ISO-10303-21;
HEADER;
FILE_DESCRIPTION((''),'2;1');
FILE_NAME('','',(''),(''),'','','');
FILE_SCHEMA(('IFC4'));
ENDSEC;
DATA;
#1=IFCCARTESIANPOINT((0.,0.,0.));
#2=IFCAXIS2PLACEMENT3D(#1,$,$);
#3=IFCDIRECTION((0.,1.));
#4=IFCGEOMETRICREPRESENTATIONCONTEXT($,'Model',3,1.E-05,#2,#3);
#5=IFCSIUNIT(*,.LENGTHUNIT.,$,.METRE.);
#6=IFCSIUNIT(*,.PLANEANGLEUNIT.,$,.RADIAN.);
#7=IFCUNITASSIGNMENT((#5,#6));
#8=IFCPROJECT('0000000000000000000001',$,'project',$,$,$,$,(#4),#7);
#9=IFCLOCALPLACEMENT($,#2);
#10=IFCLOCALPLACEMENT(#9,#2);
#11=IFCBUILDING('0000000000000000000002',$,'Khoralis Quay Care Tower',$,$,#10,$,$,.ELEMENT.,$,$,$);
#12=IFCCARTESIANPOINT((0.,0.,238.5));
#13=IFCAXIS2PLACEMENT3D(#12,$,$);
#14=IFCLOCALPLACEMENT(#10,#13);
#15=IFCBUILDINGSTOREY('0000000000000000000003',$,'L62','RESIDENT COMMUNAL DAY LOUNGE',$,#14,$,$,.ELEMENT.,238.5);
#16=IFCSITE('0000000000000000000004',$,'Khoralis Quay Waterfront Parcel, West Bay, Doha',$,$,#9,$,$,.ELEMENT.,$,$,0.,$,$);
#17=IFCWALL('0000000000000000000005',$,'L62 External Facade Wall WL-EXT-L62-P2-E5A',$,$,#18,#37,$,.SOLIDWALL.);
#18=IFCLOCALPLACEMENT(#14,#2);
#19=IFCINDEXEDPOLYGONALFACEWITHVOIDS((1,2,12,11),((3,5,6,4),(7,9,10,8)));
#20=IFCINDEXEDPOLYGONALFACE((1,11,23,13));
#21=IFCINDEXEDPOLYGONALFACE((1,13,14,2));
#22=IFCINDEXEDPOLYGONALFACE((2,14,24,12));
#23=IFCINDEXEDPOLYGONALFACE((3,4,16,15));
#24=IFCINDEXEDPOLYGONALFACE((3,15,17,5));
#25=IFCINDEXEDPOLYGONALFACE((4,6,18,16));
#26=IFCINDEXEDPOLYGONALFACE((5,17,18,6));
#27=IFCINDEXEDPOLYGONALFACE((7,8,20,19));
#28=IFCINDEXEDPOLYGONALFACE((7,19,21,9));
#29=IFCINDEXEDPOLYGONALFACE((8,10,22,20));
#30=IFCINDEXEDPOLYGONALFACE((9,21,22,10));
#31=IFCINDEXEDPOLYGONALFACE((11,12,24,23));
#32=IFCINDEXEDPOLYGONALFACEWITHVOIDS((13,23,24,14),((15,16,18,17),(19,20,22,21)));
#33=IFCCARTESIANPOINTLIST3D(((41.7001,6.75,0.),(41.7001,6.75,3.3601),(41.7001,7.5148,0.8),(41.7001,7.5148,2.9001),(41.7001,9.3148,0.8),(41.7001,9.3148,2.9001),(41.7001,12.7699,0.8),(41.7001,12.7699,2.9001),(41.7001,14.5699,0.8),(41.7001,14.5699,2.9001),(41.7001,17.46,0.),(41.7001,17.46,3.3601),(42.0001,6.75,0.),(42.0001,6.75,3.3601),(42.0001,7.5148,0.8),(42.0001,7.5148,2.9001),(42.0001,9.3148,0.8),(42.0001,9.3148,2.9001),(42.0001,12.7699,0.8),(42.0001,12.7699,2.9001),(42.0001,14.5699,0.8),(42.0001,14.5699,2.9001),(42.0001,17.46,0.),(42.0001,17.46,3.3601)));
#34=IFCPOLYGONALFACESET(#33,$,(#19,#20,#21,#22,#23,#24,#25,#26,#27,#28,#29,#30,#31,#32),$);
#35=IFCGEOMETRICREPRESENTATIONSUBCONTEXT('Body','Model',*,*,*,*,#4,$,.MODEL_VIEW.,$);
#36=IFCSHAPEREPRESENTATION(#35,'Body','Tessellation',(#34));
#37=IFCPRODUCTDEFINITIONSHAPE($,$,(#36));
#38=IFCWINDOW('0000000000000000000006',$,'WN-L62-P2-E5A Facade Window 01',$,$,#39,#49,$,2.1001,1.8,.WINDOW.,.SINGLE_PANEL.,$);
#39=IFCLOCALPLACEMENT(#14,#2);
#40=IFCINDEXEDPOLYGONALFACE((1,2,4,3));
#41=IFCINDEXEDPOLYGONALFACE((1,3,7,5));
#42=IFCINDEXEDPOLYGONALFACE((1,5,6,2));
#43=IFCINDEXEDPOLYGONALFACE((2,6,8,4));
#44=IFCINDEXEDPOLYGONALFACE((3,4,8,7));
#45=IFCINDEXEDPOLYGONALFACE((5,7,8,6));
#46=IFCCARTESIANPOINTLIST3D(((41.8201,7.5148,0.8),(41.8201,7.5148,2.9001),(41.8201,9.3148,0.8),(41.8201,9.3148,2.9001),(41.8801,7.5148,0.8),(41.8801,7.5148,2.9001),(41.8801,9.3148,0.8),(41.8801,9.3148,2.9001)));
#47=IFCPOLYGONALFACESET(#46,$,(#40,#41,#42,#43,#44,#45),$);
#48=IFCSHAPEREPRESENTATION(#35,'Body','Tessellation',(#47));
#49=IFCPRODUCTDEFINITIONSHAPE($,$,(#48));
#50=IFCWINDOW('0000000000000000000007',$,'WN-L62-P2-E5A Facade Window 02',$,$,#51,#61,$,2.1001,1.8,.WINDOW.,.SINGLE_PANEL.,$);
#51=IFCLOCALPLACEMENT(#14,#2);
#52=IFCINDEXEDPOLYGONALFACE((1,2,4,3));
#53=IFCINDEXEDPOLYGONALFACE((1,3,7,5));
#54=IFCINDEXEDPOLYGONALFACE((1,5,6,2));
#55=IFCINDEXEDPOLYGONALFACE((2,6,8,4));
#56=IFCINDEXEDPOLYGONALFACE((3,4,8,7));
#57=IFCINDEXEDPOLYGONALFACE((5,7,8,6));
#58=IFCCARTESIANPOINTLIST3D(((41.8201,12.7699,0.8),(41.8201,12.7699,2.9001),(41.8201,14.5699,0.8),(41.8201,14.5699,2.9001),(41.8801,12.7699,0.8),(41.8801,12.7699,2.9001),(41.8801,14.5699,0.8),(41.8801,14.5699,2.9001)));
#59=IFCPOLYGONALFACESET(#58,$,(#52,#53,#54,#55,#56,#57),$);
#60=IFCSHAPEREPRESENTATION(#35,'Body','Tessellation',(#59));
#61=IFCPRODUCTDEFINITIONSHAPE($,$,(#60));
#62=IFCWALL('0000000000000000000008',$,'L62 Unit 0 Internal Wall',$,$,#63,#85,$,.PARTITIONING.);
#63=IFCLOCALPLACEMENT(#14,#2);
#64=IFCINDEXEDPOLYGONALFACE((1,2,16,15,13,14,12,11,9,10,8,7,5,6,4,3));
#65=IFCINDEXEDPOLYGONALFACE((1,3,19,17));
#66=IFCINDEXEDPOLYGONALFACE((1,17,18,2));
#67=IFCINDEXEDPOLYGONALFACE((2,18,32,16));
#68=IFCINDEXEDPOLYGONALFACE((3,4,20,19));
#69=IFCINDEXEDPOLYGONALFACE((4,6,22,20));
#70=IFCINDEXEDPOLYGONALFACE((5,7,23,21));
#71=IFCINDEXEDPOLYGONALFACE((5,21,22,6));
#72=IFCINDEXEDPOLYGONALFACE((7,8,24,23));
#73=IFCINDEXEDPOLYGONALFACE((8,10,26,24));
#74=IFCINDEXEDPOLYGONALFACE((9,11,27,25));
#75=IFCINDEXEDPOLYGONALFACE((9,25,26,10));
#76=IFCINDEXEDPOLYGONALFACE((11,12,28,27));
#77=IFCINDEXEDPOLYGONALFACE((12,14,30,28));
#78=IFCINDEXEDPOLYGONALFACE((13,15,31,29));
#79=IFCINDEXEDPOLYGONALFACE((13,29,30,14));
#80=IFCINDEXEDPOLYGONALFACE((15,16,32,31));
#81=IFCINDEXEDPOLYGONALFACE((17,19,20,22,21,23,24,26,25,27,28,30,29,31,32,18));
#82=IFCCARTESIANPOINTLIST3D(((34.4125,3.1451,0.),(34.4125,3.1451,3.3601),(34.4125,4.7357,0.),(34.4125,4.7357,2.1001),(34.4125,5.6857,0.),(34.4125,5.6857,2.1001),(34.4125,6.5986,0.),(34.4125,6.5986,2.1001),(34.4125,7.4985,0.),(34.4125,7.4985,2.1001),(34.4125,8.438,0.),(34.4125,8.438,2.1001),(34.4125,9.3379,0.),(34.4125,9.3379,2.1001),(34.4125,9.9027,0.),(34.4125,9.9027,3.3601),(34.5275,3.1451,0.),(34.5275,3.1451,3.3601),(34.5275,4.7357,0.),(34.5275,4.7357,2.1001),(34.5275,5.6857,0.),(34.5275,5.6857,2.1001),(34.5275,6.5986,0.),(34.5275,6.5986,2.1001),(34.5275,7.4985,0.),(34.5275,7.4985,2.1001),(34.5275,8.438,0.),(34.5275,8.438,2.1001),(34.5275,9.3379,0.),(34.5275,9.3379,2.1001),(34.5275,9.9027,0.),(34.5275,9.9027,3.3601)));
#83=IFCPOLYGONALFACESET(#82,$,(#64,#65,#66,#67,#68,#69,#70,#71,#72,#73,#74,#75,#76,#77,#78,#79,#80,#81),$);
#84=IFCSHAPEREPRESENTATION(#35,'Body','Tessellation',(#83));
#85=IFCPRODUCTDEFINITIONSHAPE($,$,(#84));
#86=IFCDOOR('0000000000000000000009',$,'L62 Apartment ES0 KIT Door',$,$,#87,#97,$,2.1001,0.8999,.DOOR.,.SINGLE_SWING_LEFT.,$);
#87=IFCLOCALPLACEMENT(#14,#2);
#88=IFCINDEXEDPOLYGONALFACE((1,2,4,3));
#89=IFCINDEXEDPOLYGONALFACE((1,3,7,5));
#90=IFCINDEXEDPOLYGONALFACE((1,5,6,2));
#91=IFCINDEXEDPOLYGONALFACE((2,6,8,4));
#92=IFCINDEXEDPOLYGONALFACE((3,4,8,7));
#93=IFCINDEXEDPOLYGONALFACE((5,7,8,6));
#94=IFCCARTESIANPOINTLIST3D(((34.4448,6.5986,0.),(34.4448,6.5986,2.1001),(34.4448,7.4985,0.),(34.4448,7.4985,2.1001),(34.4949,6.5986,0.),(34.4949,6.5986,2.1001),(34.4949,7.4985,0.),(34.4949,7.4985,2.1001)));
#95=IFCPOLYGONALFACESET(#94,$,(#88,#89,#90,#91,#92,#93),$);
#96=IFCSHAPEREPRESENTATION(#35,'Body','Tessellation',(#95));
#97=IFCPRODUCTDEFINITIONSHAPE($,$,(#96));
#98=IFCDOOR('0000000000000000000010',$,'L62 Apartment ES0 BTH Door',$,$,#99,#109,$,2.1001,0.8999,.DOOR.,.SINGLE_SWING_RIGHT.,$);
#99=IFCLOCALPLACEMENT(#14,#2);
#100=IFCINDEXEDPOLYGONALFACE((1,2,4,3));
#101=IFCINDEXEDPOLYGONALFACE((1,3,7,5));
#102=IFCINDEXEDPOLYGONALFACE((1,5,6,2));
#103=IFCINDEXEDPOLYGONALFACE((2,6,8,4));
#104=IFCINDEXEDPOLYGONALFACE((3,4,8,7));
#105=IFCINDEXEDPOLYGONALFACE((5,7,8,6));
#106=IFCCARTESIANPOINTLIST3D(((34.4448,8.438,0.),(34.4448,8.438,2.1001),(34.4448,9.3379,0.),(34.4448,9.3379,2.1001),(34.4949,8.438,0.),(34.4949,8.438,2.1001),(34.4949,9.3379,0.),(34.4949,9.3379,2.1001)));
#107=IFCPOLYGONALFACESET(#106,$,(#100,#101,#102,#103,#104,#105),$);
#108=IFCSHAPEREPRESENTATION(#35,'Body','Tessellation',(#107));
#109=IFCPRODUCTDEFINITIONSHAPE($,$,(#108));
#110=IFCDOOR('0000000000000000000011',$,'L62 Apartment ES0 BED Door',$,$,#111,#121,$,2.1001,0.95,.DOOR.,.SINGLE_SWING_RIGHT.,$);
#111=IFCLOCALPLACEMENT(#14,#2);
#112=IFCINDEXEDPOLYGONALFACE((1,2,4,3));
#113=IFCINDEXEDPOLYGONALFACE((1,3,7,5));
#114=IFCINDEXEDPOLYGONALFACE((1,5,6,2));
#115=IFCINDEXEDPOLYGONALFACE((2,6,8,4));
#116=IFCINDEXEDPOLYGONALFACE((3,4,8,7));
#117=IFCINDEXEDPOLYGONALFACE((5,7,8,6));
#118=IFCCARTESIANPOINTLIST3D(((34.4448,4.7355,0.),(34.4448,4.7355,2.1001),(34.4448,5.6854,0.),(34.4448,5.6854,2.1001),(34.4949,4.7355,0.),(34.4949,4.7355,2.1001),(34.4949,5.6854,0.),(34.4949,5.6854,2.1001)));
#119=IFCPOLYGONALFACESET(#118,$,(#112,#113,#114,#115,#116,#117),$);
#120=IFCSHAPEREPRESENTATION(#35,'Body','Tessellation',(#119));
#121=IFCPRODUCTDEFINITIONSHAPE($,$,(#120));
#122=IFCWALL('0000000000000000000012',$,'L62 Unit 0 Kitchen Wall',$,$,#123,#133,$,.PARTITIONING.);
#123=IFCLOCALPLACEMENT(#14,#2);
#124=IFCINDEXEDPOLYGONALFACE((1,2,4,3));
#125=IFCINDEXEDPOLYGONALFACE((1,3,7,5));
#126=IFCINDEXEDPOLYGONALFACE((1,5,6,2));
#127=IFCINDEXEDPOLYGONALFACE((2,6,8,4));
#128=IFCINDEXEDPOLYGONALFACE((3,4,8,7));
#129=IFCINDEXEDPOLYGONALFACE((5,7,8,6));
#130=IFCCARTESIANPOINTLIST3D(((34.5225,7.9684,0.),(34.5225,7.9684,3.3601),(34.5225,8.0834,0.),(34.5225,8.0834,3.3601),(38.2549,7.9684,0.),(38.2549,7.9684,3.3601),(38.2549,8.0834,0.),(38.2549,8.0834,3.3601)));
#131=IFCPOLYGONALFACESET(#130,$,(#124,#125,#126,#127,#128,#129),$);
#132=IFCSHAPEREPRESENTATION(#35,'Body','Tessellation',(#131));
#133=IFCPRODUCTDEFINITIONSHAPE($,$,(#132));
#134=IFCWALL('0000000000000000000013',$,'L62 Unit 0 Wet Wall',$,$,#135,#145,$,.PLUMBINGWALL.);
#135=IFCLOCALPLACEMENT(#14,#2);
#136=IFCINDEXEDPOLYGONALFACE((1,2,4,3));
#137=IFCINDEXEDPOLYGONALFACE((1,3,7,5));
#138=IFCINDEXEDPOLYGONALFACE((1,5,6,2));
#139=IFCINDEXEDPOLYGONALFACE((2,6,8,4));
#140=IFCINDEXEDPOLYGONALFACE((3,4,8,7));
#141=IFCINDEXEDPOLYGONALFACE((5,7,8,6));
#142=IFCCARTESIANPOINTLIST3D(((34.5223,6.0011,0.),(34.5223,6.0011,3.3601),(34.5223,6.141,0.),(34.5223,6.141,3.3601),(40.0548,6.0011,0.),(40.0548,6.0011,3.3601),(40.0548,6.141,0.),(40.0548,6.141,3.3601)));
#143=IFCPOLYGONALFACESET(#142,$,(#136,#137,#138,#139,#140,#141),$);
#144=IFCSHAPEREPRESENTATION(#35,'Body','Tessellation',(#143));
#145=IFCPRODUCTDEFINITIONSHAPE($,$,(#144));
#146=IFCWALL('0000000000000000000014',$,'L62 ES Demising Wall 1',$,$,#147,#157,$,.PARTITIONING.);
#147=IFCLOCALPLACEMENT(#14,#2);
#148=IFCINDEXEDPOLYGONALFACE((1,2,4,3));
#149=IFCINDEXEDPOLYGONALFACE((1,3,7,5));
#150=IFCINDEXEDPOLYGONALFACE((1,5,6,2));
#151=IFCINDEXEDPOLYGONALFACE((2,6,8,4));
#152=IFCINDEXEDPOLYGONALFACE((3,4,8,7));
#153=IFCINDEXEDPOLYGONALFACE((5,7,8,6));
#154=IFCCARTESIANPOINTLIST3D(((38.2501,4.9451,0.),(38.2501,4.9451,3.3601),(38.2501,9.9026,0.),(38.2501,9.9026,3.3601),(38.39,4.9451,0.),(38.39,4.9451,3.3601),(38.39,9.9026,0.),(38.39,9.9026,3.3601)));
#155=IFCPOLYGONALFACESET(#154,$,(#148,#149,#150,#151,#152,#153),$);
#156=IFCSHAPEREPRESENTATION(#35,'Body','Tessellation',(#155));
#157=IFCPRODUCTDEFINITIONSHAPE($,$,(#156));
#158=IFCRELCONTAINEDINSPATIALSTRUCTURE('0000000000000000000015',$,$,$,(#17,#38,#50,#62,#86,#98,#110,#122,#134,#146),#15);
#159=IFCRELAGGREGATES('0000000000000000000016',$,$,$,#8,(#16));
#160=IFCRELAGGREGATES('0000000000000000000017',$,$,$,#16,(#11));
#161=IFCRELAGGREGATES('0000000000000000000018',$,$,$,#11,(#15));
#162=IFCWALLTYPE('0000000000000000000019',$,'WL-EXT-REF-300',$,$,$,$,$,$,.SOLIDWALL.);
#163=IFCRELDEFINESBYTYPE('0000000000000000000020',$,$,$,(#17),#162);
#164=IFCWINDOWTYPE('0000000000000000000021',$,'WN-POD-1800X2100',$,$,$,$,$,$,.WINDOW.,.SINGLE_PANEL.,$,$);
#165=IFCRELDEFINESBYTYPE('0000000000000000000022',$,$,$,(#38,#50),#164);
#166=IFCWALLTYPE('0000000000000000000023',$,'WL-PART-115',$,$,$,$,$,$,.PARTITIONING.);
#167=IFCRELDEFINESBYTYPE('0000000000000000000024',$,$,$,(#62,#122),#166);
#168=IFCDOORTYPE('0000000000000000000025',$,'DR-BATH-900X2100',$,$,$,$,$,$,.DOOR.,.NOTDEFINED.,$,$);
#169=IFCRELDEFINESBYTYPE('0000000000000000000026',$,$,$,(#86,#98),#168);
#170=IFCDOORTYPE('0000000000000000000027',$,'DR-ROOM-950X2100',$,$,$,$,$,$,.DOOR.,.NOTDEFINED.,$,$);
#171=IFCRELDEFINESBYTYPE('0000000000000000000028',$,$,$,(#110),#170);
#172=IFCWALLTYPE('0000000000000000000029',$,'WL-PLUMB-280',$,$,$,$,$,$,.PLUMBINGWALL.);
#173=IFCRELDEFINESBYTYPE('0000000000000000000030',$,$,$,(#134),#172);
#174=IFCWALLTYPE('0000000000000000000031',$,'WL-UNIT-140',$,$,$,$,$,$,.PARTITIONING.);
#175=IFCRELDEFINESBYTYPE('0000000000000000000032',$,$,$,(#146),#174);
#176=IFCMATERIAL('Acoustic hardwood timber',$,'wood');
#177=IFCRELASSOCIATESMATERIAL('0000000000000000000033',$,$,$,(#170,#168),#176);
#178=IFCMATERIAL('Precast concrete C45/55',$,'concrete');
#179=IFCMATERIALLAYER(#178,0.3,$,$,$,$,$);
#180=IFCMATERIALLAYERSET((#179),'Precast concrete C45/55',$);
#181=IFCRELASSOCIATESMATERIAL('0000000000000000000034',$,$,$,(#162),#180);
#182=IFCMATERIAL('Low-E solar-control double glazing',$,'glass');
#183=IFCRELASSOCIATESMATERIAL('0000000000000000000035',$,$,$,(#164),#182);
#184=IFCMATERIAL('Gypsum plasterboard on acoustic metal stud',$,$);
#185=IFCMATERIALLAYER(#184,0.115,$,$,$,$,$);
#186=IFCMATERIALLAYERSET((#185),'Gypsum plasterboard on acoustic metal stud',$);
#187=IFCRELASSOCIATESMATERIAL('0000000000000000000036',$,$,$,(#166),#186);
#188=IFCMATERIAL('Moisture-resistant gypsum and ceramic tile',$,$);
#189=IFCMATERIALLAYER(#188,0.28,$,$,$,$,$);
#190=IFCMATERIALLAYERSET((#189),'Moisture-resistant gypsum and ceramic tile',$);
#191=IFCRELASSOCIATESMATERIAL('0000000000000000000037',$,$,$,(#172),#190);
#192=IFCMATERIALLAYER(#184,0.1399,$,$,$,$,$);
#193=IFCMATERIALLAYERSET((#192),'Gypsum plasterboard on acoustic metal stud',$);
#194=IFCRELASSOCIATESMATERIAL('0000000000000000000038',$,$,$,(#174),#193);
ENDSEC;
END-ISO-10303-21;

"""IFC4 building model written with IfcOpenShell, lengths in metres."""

from ifc_helpers import new_model, si_unit, direction, frame, frame_2d, origin, place, context, subcontext, project, spatial, rectangle, extrude, source, transform, mapped, material, layer, layer_set, type_object, element, fill, save


model = new_model("IFC4")

# Units and contexts
model_context = context("Model", 3, precision=1e-05, world=origin(), true_north=direction((0.0, 1.0)))
body_context = subcontext(model_context, "Body", "Model", "MODEL_VIEW")
ifc_project = project(units=[si_unit("LENGTHUNIT", "METRE"), si_unit("PLANEANGLEUNIT", "RADIAN")], contexts=[model_context])

# Site, building, storey
site_placement = place(None, origin())
site = spatial("IfcSite", under=ifc_project, at=site_placement, Name="Khoralis Quay Waterfront Parcel, West Bay, Doha", CompositionType="ELEMENT", RefElevation=0.0)
building_placement = place(site_placement, origin())
building = spatial("IfcBuilding", under=site, at=building_placement, Name="Khoralis Quay Care Tower", CompositionType="ELEMENT")
storey_placement = place(building_placement, frame((0.0, 0.0, 238.5)))
storey = spatial("IfcBuildingStorey", under=building, at=storey_placement, Name="L62", Description="RESIDENT COMMUNAL DAY LOUNGE", CompositionType="ELEMENT", Elevation=238.5)

# Shared definitions
ifc_material_1 = material(Name="Gypsum plasterboard on acoustic metal stud")

# Shared definitions
ifc_material_2 = material(Name="Acoustic hardwood timber", Category="wood")
door_type_1 = type_object("IfcDoorType", Name="DR-ROOM-950X2100", OperationType="NOTDEFINED", PredefinedType="DOOR", material=ifc_material_2)
shared_shape_1 = source(origin(), body_context, "Body", "SweptSolid", [
    extrude(rectangle(XDim=0.95, YDim=2.1001, at=frame_2d((0.4751, 1.05))), frame((0.0, 0.0249, 0.0), z_axis=(0.0, -1.0, 0.0), x_axis=(1.0, 0.0, 0.0)), (0.0, 0.0, 1.0), 0.05),
])

# Shared definitions
ifc_material_3 = material(Name="Precast concrete C45/55", Category="concrete")
ifc_layer_1 = layer(ifc_material_3, 0.3)
ifc_layer_set_1 = layer_set([ifc_layer_1], Name="Precast concrete C45/55")
wall_type_1 = type_object("IfcWallType", Name="WL-EXT-REF-300", PredefinedType="SOLIDWALL", material=ifc_layer_set_1)

# Wall, openings, windows
wall_1_placement = place(storey_placement, frame((41.8501, 6.75, 0.0), z_axis=(0.0, 0.0, 1.0), x_axis=(0.0, 1.0, 0.0)))
wall_1 = element("IfcWall", 1, at=wall_1_placement, inside=storey, type_object=wall_type_1, Name="L62 External Facade Wall WL-EXT-L62-P2-E5A", PredefinedType="SOLIDWALL", context=body_context, shape_type="SweptSolid", body=[
    extrude(rectangle(XDim=10.71, YDim=0.3, at=frame_2d((5.355, 0.0))), origin(), (0.0, 0.0, 1.0), 3.3601),
])
opening_1_placement = place(wall_1_placement, frame((0.7649, 0.0, 0.8)))
opening_1 = element("IfcOpeningElement", 2, at=opening_1_placement, cuts=wall_1, PredefinedType="OPENING", context=body_context, shape_type="SweptSolid", body=[
    extrude(rectangle(XDim=1.8, YDim=2.1001, at=frame_2d((0.8999, 1.05))), frame((0.0, 0.1602, 0.0), z_axis=(0.0, -1.0, 0.0), x_axis=(1.0, 0.0, 0.0)), (0.0, 0.0, 1.0), 0.3201),
])
opening_2_placement = place(wall_1_placement, frame((6.02, 0.0, 0.8)))
opening_2 = element("IfcOpeningElement", 3, at=opening_2_placement, cuts=wall_1, PredefinedType="OPENING", context=body_context, shape_type="SweptSolid", body=[
    extrude(rectangle(XDim=1.8, YDim=2.1001, at=frame_2d((0.8999, 1.05))), frame((0.0, 0.1602, 0.0), z_axis=(0.0, -1.0, 0.0), x_axis=(1.0, 0.0, 0.0)), (0.0, 0.0, 1.0), 0.3201),
])
ifc_material_4 = material(Name="Low-E solar-control double glazing", Category="glass")
window_type = type_object("IfcWindowType", Name="WN-POD-1800X2100", PartitioningType="SINGLE_PANEL", PredefinedType="WINDOW", material=ifc_material_4)
shared_shape_2 = source(origin(), body_context, "Body", "SweptSolid", [
    extrude(rectangle(XDim=1.8, YDim=2.1001, at=frame_2d((0.8999, 1.05))), frame((0.0, 0.03, 0.0), z_axis=(0.0, -1.0, 0.0), x_axis=(1.0, 0.0, 0.0)), (0.0, 0.0, 1.0), 0.0601),
])
window_1_placement = place(opening_1_placement, origin())
window_1 = element("IfcWindow", 4, at=window_1_placement, inside=storey, type_object=window_type, Name="WN-L62-P2-E5A Facade Window 01", OverallHeight=2.1001, OverallWidth=1.8, PartitioningType="SINGLE_PANEL", PredefinedType="WINDOW", context=body_context, shape_type="MappedRepresentation", body=[
    mapped(shared_shape_2, transform((0.0, 0.0, 0.0), scale=1.0)),
])
fill(opening_1, window_1)
window_2_placement = place(opening_2_placement, origin())
window_2 = element("IfcWindow", 5, at=window_2_placement, inside=storey, type_object=window_type, Name="WN-L62-P2-E5A Facade Window 02", OverallHeight=2.1001, OverallWidth=1.8, PartitioningType="SINGLE_PANEL", PredefinedType="WINDOW", context=body_context, shape_type="MappedRepresentation", body=[
    mapped(shared_shape_2, transform((0.0, 0.0, 0.0), scale=1.0)),
])
fill(opening_2, window_2)

# Wall, openings, doors
ifc_layer_2 = layer(ifc_material_1, 0.115)
ifc_layer_set_2 = layer_set([ifc_layer_2], Name="Gypsum plasterboard on acoustic metal stud")
wall_type_2 = type_object("IfcWallType", Name="WL-PART-115", PredefinedType="PARTITIONING", material=ifc_layer_set_2)
wall_2_placement = place(storey_placement, frame((34.47, 3.145, 0.0), z_axis=(0.0, 0.0, 1.0), x_axis=(0.0, 1.0, 0.0)))
wall_2 = element("IfcWall", 6, at=wall_2_placement, inside=storey, type_object=wall_type_2, Name="L62 Unit 0 Internal Wall", PredefinedType="PARTITIONING", context=body_context, shape_type="SweptSolid", body=[
    extrude(rectangle(XDim=6.7576, YDim=0.115, at=frame_2d((3.3789, 0.0))), origin(), (0.0, 0.0, 1.0), 3.3601),
])
opening_3_placement = place(wall_2_placement, frame((1.5906, 0.0, 0.0)))
opening_3 = element("IfcOpeningElement", 7, at=opening_3_placement, cuts=wall_2, PredefinedType="OPENING", context=body_context, shape_type="SweptSolid", body=[
    extrude(rectangle(XDim=0.95, YDim=2.1001, at=frame_2d((0.4751, 1.05))), frame((0.0, 0.0674, 0.0), z_axis=(0.0, -1.0, 0.0), x_axis=(1.0, 0.0, 0.0)), (0.0, 0.0, 1.0), 0.135),
])
opening_4_placement = place(wall_2_placement, frame((3.4536, 0.0, 0.0)))
opening_4 = element("IfcOpeningElement", 8, at=opening_4_placement, cuts=wall_2, PredefinedType="OPENING", context=body_context, shape_type="SweptSolid", body=[
    extrude(rectangle(XDim=0.8999, YDim=2.1001, at=frame_2d((0.45, 1.05))), frame((0.0, 0.0674, 0.0), z_axis=(0.0, -1.0, 0.0), x_axis=(1.0, 0.0, 0.0)), (0.0, 0.0, 1.0), 0.135),
])
opening_5_placement = place(wall_2_placement, frame((5.293, 0.0, 0.0)))
opening_5 = element("IfcOpeningElement", 9, at=opening_5_placement, cuts=wall_2, PredefinedType="OPENING", context=body_context, shape_type="SweptSolid", body=[
    extrude(rectangle(XDim=0.8999, YDim=2.1001, at=frame_2d((0.45, 1.05))), frame((0.0, 0.0674, 0.0), z_axis=(0.0, -1.0, 0.0), x_axis=(1.0, 0.0, 0.0)), (0.0, 0.0, 1.0), 0.135),
])
door_type_2 = type_object("IfcDoorType", Name="DR-BATH-900X2100", OperationType="NOTDEFINED", PredefinedType="DOOR", material=ifc_material_2)
shared_shape_3 = source(origin(), body_context, "Body", "SweptSolid", [
    extrude(rectangle(XDim=0.8999, YDim=2.1001, at=frame_2d((0.45, 1.05))), frame((0.0, 0.0249, 0.0), z_axis=(0.0, -1.0, 0.0), x_axis=(1.0, 0.0, 0.0)), (0.0, 0.0, 1.0), 0.05),
])
door_1_placement = place(opening_4_placement, frame((0.8999, 0.0, 0.0), z_axis=(0.0, 0.0, 1.0), x_axis=(-1.0, 0.0, 0.0)))
door_1 = element("IfcDoor", 10, at=door_1_placement, inside=storey, type_object=door_type_2, Name="L62 Apartment ES0 KIT Door", OperationType="SINGLE_SWING_LEFT", OverallHeight=2.1001, OverallWidth=0.8999, PredefinedType="DOOR", context=body_context, shape_type="MappedRepresentation", body=[
    mapped(shared_shape_3, transform((0.0, 0.0, 0.0), scale=1.0)),
])
fill(opening_4, door_1)
door_2_placement = place(opening_5_placement, frame((0.8999, 0.0, 0.0), z_axis=(0.0, 0.0, 1.0), x_axis=(-1.0, 0.0, 0.0)))
door_2 = element("IfcDoor", 11, at=door_2_placement, inside=storey, type_object=door_type_2, Name="L62 Apartment ES0 BTH Door", OperationType="SINGLE_SWING_RIGHT", OverallHeight=2.1001, OverallWidth=0.8999, PredefinedType="DOOR", context=body_context, shape_type="MappedRepresentation", body=[
    mapped(shared_shape_3, transform((0.0, 0.0, 0.0), scale=1.0)),
])
fill(opening_5, door_2)
door_3_placement = place(opening_3_placement, frame((0.95, 0.0, 0.0), z_axis=(0.0, 0.0, 1.0), x_axis=(-1.0, 0.0, 0.0)))
door_3 = element("IfcDoor", 12, at=door_3_placement, inside=storey, type_object=door_type_1, Name="L62 Apartment ES0 BED Door", OperationType="SINGLE_SWING_RIGHT", OverallHeight=2.1001, OverallWidth=0.95, PredefinedType="DOOR", context=body_context, shape_type="MappedRepresentation", body=[
    mapped(shared_shape_1, transform((0.0, 0.0, 0.0), scale=1.0)),
])
fill(opening_3, door_3)

# Walls
wall_3_placement = place(storey_placement, frame((34.5225, 8.0259, 0.0), z_axis=(0.0, 0.0, 1.0), x_axis=(1.0, 0.0, 0.0)))
element("IfcWall", 13, at=wall_3_placement, inside=storey, type_object=wall_type_2, Name="L62 Unit 0 Kitchen Wall", PredefinedType="PARTITIONING", context=body_context, shape_type="SweptSolid", body=[
    extrude(rectangle(XDim=3.7324, YDim=0.115, at=frame_2d((1.8662, 0.0))), origin(), (0.0, 0.0, 1.0), 3.3601),
])
ifc_material_5 = material(Name="Moisture-resistant gypsum and ceramic tile")
ifc_layer_3 = layer(ifc_material_5, 0.28)
ifc_layer_set_3 = layer_set([ifc_layer_3], Name="Moisture-resistant gypsum and ceramic tile")
wall_type_3 = type_object("IfcWallType", Name="WL-PLUMB-280", PredefinedType="PLUMBINGWALL", material=ifc_layer_set_3)
wall_4_placement = place(storey_placement, frame((34.5225, 6.071, 0.0), z_axis=(0.0, 0.0, 1.0), x_axis=(1.0, 0.0, 0.0)))
element("IfcWall", 14, at=wall_4_placement, inside=storey, type_object=wall_type_3, Name="L62 Unit 0 Wet Wall", PredefinedType="PLUMBINGWALL", context=body_context, shape_type="SweptSolid", body=[
    extrude(rectangle(XDim=5.5325, YDim=0.1399, at=frame_2d((2.7661, 0.0))), origin(), (0.0, 0.0, 1.0), 3.3601),
])
ifc_layer_4 = layer(ifc_material_1, 0.1399)
ifc_layer_set_4 = layer_set([ifc_layer_4], Name="Gypsum plasterboard on acoustic metal stud")
wall_type_4 = type_object("IfcWallType", Name="WL-UNIT-140", PredefinedType="PARTITIONING", material=ifc_layer_set_4)
wall_5_placement = place(storey_placement, frame((38.3201, 4.9451, 0.0), z_axis=(0.0, 0.0, 1.0), x_axis=(0.0, 1.0, 0.0)))
element("IfcWall", 15, at=wall_5_placement, inside=storey, type_object=wall_type_4, Name="L62 ES Demising Wall 1", PredefinedType="PARTITIONING", context=body_context, shape_type="SweptSolid", body=[
    extrude(rectangle(XDim=4.9575, YDim=0.1399, at=frame_2d((2.4788, 0.0))), origin(), (0.0, 0.0, 1.0), 3.3601),
])

save(model, "model.ifc")
